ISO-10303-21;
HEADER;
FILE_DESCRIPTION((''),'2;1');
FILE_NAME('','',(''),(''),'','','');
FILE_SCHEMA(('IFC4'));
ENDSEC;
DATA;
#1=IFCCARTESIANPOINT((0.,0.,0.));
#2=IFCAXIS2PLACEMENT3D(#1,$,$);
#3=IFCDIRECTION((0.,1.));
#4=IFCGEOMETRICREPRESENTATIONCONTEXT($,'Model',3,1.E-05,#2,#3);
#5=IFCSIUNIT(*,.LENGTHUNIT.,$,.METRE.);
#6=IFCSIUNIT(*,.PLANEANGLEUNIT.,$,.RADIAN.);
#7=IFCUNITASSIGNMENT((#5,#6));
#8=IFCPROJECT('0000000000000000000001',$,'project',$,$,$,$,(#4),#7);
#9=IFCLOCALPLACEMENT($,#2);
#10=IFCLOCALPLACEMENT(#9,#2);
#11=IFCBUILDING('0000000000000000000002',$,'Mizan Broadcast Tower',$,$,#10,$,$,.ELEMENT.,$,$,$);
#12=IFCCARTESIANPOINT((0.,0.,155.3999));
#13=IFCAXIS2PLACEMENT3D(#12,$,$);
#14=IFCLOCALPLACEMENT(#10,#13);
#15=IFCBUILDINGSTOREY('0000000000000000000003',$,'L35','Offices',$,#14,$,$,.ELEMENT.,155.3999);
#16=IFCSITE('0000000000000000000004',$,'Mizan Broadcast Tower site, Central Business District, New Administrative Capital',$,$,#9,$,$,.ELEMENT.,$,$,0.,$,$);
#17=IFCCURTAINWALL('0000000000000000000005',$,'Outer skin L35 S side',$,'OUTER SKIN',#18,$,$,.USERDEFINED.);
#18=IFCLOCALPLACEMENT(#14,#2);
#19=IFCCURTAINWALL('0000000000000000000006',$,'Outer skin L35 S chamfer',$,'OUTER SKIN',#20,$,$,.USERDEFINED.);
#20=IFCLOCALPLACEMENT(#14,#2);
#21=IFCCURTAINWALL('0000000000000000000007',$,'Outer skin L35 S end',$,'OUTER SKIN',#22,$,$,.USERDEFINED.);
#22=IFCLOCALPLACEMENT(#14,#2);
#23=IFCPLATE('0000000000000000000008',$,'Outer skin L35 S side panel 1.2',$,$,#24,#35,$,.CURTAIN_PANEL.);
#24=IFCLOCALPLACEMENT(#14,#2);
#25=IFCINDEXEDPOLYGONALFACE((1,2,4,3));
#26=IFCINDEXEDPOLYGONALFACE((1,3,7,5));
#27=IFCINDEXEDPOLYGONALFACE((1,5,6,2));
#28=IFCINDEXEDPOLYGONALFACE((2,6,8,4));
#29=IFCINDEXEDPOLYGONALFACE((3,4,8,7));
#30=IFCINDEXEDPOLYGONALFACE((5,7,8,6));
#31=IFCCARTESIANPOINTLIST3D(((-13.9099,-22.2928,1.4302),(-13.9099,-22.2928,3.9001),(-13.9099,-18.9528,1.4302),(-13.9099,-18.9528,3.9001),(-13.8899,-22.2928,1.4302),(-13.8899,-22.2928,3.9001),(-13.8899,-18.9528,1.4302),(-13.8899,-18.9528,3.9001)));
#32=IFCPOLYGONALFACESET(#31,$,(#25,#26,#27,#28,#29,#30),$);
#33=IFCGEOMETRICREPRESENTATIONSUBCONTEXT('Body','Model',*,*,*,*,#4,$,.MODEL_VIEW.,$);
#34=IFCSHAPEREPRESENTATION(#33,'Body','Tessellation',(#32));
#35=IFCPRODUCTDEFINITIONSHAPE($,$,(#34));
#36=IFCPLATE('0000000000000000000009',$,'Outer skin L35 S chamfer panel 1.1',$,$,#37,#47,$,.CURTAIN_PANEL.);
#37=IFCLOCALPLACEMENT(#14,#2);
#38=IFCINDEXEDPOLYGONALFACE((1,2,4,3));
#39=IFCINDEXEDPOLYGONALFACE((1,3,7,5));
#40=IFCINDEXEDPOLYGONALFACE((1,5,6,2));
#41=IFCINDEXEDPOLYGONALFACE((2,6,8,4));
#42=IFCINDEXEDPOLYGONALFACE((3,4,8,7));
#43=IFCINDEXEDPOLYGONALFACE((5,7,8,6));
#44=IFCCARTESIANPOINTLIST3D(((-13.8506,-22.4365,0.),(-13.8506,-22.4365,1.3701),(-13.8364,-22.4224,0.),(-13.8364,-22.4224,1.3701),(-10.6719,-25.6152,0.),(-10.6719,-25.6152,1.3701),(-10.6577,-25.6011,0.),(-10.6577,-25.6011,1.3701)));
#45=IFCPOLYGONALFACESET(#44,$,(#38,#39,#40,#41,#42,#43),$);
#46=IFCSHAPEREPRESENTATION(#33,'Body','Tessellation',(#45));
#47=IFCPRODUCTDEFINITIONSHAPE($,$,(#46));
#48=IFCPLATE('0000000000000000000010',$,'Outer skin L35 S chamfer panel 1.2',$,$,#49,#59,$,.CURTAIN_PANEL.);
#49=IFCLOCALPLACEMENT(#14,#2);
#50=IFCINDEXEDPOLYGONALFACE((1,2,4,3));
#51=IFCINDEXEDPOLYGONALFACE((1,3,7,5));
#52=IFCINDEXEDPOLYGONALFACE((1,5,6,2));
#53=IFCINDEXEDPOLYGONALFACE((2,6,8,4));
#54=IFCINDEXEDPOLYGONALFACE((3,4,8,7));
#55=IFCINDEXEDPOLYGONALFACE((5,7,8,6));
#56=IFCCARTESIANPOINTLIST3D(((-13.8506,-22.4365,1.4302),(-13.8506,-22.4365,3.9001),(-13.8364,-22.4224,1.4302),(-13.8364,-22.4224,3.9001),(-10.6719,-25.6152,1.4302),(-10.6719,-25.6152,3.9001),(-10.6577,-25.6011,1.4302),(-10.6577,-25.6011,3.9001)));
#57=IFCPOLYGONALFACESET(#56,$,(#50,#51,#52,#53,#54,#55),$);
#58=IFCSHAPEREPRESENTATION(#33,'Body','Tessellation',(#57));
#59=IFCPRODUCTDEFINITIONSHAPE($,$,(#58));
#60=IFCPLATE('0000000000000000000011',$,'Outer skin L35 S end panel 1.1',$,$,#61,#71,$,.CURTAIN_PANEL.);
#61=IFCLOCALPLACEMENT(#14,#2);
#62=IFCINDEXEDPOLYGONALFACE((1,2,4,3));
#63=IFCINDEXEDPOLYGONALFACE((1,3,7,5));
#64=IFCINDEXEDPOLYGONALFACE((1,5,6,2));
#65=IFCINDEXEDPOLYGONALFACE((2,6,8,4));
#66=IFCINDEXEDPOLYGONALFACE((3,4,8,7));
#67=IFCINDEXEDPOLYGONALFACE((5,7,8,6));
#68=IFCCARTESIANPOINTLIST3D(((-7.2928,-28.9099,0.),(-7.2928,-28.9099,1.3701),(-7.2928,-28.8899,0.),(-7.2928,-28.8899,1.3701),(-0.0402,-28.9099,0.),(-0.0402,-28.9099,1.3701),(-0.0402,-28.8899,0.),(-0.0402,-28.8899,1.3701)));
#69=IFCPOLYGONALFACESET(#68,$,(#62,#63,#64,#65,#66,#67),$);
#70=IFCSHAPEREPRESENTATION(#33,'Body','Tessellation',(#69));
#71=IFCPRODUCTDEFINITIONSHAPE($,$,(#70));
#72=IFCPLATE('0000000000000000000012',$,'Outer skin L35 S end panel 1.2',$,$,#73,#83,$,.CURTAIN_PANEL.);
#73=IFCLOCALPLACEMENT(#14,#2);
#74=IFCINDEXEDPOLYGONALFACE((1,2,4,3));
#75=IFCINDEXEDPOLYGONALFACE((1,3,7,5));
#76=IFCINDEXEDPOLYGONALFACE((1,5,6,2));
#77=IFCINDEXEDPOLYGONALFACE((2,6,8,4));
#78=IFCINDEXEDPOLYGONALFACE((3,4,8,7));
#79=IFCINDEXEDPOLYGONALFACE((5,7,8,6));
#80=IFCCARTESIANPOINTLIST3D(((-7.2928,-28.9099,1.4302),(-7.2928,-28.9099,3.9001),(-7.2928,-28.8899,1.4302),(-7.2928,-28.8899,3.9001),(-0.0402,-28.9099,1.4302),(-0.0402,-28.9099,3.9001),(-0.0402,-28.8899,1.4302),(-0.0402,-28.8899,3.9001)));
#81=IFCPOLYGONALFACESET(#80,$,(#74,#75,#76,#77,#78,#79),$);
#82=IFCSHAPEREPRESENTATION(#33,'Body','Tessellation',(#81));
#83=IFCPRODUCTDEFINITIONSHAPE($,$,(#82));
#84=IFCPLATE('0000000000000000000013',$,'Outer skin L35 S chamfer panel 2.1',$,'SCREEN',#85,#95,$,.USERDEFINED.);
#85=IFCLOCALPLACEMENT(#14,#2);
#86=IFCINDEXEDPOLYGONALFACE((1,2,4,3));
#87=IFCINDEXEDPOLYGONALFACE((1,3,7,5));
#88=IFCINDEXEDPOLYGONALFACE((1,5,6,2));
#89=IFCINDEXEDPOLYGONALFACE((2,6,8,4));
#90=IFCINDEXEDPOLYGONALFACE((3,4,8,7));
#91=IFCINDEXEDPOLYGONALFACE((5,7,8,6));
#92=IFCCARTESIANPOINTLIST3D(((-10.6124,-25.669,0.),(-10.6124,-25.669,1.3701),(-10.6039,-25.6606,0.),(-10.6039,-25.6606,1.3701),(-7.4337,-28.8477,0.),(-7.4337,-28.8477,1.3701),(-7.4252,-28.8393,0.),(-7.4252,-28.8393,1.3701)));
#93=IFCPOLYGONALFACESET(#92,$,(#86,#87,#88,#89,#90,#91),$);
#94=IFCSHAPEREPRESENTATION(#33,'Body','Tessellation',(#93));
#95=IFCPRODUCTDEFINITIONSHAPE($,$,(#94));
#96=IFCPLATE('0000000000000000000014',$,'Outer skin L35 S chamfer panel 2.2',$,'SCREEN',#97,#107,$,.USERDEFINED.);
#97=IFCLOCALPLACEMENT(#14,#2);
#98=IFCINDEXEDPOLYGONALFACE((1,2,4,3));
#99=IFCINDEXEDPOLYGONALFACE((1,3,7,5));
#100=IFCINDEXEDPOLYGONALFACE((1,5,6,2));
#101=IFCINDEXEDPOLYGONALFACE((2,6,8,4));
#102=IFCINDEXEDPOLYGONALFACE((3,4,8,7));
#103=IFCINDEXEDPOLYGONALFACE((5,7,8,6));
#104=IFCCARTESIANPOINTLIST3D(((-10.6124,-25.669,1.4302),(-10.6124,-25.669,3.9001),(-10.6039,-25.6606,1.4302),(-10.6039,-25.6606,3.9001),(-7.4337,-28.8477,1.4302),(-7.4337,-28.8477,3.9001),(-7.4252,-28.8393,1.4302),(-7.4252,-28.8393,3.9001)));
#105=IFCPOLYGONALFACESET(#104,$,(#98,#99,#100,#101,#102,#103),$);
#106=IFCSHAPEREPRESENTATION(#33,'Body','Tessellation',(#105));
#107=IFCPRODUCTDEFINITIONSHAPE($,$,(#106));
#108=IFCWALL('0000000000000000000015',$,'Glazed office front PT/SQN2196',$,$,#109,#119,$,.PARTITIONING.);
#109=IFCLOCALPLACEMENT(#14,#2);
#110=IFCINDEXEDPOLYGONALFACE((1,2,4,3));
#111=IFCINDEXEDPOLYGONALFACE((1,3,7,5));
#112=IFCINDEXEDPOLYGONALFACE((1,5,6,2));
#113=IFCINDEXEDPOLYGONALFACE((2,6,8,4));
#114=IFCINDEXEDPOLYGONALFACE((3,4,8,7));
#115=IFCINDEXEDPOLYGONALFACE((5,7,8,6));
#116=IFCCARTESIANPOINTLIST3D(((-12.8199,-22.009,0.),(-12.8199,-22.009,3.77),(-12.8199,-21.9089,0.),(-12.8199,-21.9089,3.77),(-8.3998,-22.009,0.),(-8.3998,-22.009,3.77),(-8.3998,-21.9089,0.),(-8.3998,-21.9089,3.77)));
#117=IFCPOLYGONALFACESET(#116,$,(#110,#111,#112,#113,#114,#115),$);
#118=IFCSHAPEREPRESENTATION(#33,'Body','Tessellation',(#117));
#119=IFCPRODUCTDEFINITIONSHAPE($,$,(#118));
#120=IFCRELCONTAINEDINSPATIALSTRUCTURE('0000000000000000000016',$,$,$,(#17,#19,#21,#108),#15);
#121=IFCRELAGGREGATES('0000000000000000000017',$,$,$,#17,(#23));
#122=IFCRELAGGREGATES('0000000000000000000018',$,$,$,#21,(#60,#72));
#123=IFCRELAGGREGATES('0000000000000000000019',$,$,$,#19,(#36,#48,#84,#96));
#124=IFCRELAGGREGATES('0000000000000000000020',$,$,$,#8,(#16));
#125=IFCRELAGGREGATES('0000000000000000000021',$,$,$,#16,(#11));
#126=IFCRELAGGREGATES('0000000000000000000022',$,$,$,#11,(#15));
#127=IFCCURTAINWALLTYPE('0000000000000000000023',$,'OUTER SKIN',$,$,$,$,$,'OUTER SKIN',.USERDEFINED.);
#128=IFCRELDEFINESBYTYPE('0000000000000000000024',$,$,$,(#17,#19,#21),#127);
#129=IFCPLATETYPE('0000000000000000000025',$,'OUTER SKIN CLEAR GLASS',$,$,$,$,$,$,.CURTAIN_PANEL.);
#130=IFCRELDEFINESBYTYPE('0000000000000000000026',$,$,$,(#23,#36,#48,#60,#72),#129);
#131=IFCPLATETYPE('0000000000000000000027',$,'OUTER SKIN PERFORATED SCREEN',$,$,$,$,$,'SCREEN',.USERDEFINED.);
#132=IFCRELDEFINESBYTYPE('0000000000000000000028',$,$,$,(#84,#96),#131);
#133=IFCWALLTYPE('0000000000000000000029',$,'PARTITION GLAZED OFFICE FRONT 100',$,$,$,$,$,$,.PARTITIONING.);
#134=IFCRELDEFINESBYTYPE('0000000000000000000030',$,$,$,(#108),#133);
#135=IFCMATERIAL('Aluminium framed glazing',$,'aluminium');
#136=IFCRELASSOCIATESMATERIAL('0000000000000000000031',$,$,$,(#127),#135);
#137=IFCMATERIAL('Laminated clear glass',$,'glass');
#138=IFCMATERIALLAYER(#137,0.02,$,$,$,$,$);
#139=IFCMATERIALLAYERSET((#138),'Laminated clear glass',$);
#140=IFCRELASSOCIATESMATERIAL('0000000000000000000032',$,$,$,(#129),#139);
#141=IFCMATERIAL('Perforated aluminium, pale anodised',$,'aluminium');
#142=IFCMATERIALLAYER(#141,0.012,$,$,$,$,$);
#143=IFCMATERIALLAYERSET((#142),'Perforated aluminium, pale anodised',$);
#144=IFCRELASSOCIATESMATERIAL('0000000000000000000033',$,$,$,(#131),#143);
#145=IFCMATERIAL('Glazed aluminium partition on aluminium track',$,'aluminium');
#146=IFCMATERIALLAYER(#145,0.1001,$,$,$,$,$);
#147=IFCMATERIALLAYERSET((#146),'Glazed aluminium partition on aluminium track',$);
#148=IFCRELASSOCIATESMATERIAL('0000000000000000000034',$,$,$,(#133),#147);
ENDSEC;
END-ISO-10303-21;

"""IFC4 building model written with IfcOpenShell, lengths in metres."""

from ifc_helpers import new_model, si_unit, direction, frame, frame_2d, origin, origin_2d, place, context, subcontext, project, spatial, rectangle, extrude, material, layer, layer_set, type_object, element, aggregate, save


model = new_model("IFC4")

# Units and contexts
model_context = context("Model", 3, precision=1e-05, world=origin(), true_north=direction((0.0, 1.0)))
body_context = subcontext(model_context, "Body", "Model", "MODEL_VIEW")
ifc_project = project(units=[si_unit("LENGTHUNIT", "METRE"), si_unit("PLANEANGLEUNIT", "RADIAN")], contexts=[model_context])

# Site, building, storey
site_placement = place(None, origin())
site = spatial("IfcSite", under=ifc_project, at=site_placement, Name="Mizan Broadcast Tower site, Central Business District, New Administrative Capital", CompositionType="ELEMENT", RefElevation=0.0)
building_placement = place(site_placement, origin())
building = spatial("IfcBuilding", under=site, at=building_placement, Name="Mizan Broadcast Tower", CompositionType="ELEMENT")
storey_placement = place(building_placement, frame((0.0, 0.0, 155.3999)))
storey = spatial("IfcBuildingStorey", under=building, at=storey_placement, Name="L35", Description="Offices", CompositionType="ELEMENT", Elevation=155.3999)

# Curtain wall
ifc_material_1 = material(Name="Aluminium framed glazing", Category="aluminium")
curtain_wall_type_1 = type_object("IfcCurtainWallType", Name="OUTER SKIN", ElementType="OUTER SKIN", PredefinedType="USERDEFINED", material=ifc_material_1)
curtain_wall_1_placement = place(storey_placement, origin())
curtain_wall_1 = element("IfcCurtainWall", 1, at=curtain_wall_1_placement, inside=storey, type_object=curtain_wall_type_1, Name="Outer skin L35 S side", ObjectType="OUTER SKIN", PredefinedType="USERDEFINED")

# Curtain wall
curtain_wall_2_placement = place(storey_placement, origin())
curtain_wall_2 = element("IfcCurtainWall", 2, at=curtain_wall_2_placement, inside=storey, type_object=curtain_wall_type_1, Name="Outer skin L35 S chamfer", ObjectType="OUTER SKIN", PredefinedType="USERDEFINED")

# Curtain wall
curtain_wall_3_placement = place(storey_placement, origin())
curtain_wall_3 = element("IfcCurtainWall", 3, at=curtain_wall_3_placement, inside=storey, type_object=curtain_wall_type_1, Name="Outer skin L35 S end", ObjectType="OUTER SKIN", PredefinedType="USERDEFINED")

# Plates
ifc_material_2 = material(Name="Laminated clear glass", Category="glass")
ifc_layer_1 = layer(ifc_material_2, 0.02)
ifc_layer_set_1 = layer_set([ifc_layer_1], Name="Laminated clear glass")
plate_type_1 = type_object("IfcPlateType", Name="OUTER SKIN CLEAR GLASS", PredefinedType="CURTAIN_PANEL", material=ifc_layer_set_1)
plate_1_placement = place(storey_placement, frame((-13.8999, -20.6228, 1.4302), z_axis=(0.0, 0.0, 1.0), x_axis=(0.0, -1.0, 0.0)))
plate_1 = element("IfcPlate", 4, at=plate_1_placement, type_object=plate_type_1, Name="Outer skin L35 S side panel 1.2", PredefinedType="CURTAIN_PANEL", context=body_context, shape_type="SweptSolid", body=[
    extrude(rectangle(XDim=3.3401, YDim=0.02, at=origin_2d()), origin(), (0.0, 0.0, 1.0), 2.47),
])
aggregate(curtain_wall_1, [plate_1])
plate_2_placement = place(storey_placement, frame((-12.2542, -24.0188, 0.0), z_axis=(0.0, 0.0, 1.0), x_axis=(0.707107, -0.707107, 0.0)))
plate_2 = element("IfcPlate", 5, at=plate_2_placement, type_object=plate_type_1, Name="Outer skin L35 S chamfer panel 1.1", PredefinedType="CURTAIN_PANEL", context=body_context, shape_type="SweptSolid", body=[
    extrude(rectangle(XDim=4.4954, YDim=0.02, at=origin_2d()), origin(), (0.0, 0.0, 1.0), 1.3701),
])
plate_3_placement = place(storey_placement, frame((-12.2542, -24.0188, 1.4302), z_axis=(0.0, 0.0, 1.0), x_axis=(0.707107, -0.707107, 0.0)))
plate_3 = element("IfcPlate", 6, at=plate_3_placement, type_object=plate_type_1, Name="Outer skin L35 S chamfer panel 1.2", PredefinedType="CURTAIN_PANEL", context=body_context, shape_type="SweptSolid", body=[
    extrude(rectangle(XDim=4.4954, YDim=0.02, at=origin_2d()), origin(), (0.0, 0.0, 1.0), 2.47),
])
plate_4_placement = place(storey_placement, frame((-3.6665, -28.8999, 0.0), z_axis=(0.0, 0.0, 1.0), x_axis=(1.0, 0.0, 0.0)))
plate_4 = element("IfcPlate", 7, at=plate_4_placement, type_object=plate_type_1, Name="Outer skin L35 S end panel 1.1", PredefinedType="CURTAIN_PANEL", context=body_context, shape_type="SweptSolid", body=[
    extrude(rectangle(XDim=7.2527, YDim=0.02, at=origin_2d()), origin(), (0.0, 0.0, 1.0), 1.3701),
])
plate_5_placement = place(storey_placement, frame((-3.6665, -28.8999, 1.4302), z_axis=(0.0, 0.0, 1.0), x_axis=(1.0, 0.0, 0.0)))
plate_5 = element("IfcPlate", 8, at=plate_5_placement, type_object=plate_type_1, Name="Outer skin L35 S end panel 1.2", PredefinedType="CURTAIN_PANEL", context=body_context, shape_type="SweptSolid", body=[
    extrude(rectangle(XDim=7.2527, YDim=0.02, at=origin_2d()), origin(), (0.0, 0.0, 1.0), 2.47),
])
aggregate(curtain_wall_3, [plate_4, plate_5])
ifc_material_3 = material(Name="Perforated aluminium, pale anodised", Category="aluminium")
ifc_layer_2 = layer(ifc_material_3, 0.012)
ifc_layer_set_2 = layer_set([ifc_layer_2], Name="Perforated aluminium, pale anodised")
plate_type_2 = type_object("IfcPlateType", Name="OUTER SKIN PERFORATED SCREEN", ElementType="SCREEN", PredefinedType="USERDEFINED", material=ifc_layer_set_2)
plate_6_placement = place(storey_placement, frame((-9.0188, -27.2542, 0.0), z_axis=(0.0, 0.0, 1.0), x_axis=(0.707107, -0.707107, 0.0)))
plate_6 = element("IfcPlate", 9, at=plate_6_placement, type_object=plate_type_2, Name="Outer skin L35 S chamfer panel 2.1", ObjectType="SCREEN", PredefinedType="USERDEFINED", context=body_context, shape_type="SweptSolid", body=[
    extrude(rectangle(XDim=4.4954, YDim=0.012, at=origin_2d()), origin(), (0.0, 0.0, 1.0), 1.3701),
])
plate_7_placement = place(storey_placement, frame((-9.0188, -27.2542, 1.4302), z_axis=(0.0, 0.0, 1.0), x_axis=(0.707107, -0.707107, 0.0)))
plate_7 = element("IfcPlate", 10, at=plate_7_placement, type_object=plate_type_2, Name="Outer skin L35 S chamfer panel 2.2", ObjectType="SCREEN", PredefinedType="USERDEFINED", context=body_context, shape_type="SweptSolid", body=[
    extrude(rectangle(XDim=4.4954, YDim=0.012, at=origin_2d()), origin(), (0.0, 0.0, 1.0), 2.47),
])
aggregate(curtain_wall_2, [plate_2, plate_3, plate_6, plate_7])

# Wall
ifc_material_4 = material(Name="Glazed aluminium partition on aluminium track", Category="aluminium")
ifc_layer_3 = layer(ifc_material_4, 0.1001)
ifc_layer_set_3 = layer_set([ifc_layer_3], Name="Glazed aluminium partition on aluminium track")
wall_type = type_object("IfcWallType", Name="PARTITION GLAZED OFFICE FRONT 100", PredefinedType="PARTITIONING", material=ifc_layer_set_3)
wall_placement = place(storey_placement, frame((-8.3999, -21.959, 0.0), z_axis=(0.0, 0.0, 1.0), x_axis=(-1.0, 0.0, 0.0)))
element("IfcWall", 11, at=wall_placement, inside=storey, type_object=wall_type, Name="Glazed office front PT/SQN2196", PredefinedType="PARTITIONING", context=body_context, shape_type="SweptSolid", body=[
    extrude(rectangle(XDim=4.4202, YDim=0.1001, at=frame_2d((2.21, 0.0))), origin(), (0.0, 0.0, 1.0), 3.77),
])

save(model, "model.ifc")
